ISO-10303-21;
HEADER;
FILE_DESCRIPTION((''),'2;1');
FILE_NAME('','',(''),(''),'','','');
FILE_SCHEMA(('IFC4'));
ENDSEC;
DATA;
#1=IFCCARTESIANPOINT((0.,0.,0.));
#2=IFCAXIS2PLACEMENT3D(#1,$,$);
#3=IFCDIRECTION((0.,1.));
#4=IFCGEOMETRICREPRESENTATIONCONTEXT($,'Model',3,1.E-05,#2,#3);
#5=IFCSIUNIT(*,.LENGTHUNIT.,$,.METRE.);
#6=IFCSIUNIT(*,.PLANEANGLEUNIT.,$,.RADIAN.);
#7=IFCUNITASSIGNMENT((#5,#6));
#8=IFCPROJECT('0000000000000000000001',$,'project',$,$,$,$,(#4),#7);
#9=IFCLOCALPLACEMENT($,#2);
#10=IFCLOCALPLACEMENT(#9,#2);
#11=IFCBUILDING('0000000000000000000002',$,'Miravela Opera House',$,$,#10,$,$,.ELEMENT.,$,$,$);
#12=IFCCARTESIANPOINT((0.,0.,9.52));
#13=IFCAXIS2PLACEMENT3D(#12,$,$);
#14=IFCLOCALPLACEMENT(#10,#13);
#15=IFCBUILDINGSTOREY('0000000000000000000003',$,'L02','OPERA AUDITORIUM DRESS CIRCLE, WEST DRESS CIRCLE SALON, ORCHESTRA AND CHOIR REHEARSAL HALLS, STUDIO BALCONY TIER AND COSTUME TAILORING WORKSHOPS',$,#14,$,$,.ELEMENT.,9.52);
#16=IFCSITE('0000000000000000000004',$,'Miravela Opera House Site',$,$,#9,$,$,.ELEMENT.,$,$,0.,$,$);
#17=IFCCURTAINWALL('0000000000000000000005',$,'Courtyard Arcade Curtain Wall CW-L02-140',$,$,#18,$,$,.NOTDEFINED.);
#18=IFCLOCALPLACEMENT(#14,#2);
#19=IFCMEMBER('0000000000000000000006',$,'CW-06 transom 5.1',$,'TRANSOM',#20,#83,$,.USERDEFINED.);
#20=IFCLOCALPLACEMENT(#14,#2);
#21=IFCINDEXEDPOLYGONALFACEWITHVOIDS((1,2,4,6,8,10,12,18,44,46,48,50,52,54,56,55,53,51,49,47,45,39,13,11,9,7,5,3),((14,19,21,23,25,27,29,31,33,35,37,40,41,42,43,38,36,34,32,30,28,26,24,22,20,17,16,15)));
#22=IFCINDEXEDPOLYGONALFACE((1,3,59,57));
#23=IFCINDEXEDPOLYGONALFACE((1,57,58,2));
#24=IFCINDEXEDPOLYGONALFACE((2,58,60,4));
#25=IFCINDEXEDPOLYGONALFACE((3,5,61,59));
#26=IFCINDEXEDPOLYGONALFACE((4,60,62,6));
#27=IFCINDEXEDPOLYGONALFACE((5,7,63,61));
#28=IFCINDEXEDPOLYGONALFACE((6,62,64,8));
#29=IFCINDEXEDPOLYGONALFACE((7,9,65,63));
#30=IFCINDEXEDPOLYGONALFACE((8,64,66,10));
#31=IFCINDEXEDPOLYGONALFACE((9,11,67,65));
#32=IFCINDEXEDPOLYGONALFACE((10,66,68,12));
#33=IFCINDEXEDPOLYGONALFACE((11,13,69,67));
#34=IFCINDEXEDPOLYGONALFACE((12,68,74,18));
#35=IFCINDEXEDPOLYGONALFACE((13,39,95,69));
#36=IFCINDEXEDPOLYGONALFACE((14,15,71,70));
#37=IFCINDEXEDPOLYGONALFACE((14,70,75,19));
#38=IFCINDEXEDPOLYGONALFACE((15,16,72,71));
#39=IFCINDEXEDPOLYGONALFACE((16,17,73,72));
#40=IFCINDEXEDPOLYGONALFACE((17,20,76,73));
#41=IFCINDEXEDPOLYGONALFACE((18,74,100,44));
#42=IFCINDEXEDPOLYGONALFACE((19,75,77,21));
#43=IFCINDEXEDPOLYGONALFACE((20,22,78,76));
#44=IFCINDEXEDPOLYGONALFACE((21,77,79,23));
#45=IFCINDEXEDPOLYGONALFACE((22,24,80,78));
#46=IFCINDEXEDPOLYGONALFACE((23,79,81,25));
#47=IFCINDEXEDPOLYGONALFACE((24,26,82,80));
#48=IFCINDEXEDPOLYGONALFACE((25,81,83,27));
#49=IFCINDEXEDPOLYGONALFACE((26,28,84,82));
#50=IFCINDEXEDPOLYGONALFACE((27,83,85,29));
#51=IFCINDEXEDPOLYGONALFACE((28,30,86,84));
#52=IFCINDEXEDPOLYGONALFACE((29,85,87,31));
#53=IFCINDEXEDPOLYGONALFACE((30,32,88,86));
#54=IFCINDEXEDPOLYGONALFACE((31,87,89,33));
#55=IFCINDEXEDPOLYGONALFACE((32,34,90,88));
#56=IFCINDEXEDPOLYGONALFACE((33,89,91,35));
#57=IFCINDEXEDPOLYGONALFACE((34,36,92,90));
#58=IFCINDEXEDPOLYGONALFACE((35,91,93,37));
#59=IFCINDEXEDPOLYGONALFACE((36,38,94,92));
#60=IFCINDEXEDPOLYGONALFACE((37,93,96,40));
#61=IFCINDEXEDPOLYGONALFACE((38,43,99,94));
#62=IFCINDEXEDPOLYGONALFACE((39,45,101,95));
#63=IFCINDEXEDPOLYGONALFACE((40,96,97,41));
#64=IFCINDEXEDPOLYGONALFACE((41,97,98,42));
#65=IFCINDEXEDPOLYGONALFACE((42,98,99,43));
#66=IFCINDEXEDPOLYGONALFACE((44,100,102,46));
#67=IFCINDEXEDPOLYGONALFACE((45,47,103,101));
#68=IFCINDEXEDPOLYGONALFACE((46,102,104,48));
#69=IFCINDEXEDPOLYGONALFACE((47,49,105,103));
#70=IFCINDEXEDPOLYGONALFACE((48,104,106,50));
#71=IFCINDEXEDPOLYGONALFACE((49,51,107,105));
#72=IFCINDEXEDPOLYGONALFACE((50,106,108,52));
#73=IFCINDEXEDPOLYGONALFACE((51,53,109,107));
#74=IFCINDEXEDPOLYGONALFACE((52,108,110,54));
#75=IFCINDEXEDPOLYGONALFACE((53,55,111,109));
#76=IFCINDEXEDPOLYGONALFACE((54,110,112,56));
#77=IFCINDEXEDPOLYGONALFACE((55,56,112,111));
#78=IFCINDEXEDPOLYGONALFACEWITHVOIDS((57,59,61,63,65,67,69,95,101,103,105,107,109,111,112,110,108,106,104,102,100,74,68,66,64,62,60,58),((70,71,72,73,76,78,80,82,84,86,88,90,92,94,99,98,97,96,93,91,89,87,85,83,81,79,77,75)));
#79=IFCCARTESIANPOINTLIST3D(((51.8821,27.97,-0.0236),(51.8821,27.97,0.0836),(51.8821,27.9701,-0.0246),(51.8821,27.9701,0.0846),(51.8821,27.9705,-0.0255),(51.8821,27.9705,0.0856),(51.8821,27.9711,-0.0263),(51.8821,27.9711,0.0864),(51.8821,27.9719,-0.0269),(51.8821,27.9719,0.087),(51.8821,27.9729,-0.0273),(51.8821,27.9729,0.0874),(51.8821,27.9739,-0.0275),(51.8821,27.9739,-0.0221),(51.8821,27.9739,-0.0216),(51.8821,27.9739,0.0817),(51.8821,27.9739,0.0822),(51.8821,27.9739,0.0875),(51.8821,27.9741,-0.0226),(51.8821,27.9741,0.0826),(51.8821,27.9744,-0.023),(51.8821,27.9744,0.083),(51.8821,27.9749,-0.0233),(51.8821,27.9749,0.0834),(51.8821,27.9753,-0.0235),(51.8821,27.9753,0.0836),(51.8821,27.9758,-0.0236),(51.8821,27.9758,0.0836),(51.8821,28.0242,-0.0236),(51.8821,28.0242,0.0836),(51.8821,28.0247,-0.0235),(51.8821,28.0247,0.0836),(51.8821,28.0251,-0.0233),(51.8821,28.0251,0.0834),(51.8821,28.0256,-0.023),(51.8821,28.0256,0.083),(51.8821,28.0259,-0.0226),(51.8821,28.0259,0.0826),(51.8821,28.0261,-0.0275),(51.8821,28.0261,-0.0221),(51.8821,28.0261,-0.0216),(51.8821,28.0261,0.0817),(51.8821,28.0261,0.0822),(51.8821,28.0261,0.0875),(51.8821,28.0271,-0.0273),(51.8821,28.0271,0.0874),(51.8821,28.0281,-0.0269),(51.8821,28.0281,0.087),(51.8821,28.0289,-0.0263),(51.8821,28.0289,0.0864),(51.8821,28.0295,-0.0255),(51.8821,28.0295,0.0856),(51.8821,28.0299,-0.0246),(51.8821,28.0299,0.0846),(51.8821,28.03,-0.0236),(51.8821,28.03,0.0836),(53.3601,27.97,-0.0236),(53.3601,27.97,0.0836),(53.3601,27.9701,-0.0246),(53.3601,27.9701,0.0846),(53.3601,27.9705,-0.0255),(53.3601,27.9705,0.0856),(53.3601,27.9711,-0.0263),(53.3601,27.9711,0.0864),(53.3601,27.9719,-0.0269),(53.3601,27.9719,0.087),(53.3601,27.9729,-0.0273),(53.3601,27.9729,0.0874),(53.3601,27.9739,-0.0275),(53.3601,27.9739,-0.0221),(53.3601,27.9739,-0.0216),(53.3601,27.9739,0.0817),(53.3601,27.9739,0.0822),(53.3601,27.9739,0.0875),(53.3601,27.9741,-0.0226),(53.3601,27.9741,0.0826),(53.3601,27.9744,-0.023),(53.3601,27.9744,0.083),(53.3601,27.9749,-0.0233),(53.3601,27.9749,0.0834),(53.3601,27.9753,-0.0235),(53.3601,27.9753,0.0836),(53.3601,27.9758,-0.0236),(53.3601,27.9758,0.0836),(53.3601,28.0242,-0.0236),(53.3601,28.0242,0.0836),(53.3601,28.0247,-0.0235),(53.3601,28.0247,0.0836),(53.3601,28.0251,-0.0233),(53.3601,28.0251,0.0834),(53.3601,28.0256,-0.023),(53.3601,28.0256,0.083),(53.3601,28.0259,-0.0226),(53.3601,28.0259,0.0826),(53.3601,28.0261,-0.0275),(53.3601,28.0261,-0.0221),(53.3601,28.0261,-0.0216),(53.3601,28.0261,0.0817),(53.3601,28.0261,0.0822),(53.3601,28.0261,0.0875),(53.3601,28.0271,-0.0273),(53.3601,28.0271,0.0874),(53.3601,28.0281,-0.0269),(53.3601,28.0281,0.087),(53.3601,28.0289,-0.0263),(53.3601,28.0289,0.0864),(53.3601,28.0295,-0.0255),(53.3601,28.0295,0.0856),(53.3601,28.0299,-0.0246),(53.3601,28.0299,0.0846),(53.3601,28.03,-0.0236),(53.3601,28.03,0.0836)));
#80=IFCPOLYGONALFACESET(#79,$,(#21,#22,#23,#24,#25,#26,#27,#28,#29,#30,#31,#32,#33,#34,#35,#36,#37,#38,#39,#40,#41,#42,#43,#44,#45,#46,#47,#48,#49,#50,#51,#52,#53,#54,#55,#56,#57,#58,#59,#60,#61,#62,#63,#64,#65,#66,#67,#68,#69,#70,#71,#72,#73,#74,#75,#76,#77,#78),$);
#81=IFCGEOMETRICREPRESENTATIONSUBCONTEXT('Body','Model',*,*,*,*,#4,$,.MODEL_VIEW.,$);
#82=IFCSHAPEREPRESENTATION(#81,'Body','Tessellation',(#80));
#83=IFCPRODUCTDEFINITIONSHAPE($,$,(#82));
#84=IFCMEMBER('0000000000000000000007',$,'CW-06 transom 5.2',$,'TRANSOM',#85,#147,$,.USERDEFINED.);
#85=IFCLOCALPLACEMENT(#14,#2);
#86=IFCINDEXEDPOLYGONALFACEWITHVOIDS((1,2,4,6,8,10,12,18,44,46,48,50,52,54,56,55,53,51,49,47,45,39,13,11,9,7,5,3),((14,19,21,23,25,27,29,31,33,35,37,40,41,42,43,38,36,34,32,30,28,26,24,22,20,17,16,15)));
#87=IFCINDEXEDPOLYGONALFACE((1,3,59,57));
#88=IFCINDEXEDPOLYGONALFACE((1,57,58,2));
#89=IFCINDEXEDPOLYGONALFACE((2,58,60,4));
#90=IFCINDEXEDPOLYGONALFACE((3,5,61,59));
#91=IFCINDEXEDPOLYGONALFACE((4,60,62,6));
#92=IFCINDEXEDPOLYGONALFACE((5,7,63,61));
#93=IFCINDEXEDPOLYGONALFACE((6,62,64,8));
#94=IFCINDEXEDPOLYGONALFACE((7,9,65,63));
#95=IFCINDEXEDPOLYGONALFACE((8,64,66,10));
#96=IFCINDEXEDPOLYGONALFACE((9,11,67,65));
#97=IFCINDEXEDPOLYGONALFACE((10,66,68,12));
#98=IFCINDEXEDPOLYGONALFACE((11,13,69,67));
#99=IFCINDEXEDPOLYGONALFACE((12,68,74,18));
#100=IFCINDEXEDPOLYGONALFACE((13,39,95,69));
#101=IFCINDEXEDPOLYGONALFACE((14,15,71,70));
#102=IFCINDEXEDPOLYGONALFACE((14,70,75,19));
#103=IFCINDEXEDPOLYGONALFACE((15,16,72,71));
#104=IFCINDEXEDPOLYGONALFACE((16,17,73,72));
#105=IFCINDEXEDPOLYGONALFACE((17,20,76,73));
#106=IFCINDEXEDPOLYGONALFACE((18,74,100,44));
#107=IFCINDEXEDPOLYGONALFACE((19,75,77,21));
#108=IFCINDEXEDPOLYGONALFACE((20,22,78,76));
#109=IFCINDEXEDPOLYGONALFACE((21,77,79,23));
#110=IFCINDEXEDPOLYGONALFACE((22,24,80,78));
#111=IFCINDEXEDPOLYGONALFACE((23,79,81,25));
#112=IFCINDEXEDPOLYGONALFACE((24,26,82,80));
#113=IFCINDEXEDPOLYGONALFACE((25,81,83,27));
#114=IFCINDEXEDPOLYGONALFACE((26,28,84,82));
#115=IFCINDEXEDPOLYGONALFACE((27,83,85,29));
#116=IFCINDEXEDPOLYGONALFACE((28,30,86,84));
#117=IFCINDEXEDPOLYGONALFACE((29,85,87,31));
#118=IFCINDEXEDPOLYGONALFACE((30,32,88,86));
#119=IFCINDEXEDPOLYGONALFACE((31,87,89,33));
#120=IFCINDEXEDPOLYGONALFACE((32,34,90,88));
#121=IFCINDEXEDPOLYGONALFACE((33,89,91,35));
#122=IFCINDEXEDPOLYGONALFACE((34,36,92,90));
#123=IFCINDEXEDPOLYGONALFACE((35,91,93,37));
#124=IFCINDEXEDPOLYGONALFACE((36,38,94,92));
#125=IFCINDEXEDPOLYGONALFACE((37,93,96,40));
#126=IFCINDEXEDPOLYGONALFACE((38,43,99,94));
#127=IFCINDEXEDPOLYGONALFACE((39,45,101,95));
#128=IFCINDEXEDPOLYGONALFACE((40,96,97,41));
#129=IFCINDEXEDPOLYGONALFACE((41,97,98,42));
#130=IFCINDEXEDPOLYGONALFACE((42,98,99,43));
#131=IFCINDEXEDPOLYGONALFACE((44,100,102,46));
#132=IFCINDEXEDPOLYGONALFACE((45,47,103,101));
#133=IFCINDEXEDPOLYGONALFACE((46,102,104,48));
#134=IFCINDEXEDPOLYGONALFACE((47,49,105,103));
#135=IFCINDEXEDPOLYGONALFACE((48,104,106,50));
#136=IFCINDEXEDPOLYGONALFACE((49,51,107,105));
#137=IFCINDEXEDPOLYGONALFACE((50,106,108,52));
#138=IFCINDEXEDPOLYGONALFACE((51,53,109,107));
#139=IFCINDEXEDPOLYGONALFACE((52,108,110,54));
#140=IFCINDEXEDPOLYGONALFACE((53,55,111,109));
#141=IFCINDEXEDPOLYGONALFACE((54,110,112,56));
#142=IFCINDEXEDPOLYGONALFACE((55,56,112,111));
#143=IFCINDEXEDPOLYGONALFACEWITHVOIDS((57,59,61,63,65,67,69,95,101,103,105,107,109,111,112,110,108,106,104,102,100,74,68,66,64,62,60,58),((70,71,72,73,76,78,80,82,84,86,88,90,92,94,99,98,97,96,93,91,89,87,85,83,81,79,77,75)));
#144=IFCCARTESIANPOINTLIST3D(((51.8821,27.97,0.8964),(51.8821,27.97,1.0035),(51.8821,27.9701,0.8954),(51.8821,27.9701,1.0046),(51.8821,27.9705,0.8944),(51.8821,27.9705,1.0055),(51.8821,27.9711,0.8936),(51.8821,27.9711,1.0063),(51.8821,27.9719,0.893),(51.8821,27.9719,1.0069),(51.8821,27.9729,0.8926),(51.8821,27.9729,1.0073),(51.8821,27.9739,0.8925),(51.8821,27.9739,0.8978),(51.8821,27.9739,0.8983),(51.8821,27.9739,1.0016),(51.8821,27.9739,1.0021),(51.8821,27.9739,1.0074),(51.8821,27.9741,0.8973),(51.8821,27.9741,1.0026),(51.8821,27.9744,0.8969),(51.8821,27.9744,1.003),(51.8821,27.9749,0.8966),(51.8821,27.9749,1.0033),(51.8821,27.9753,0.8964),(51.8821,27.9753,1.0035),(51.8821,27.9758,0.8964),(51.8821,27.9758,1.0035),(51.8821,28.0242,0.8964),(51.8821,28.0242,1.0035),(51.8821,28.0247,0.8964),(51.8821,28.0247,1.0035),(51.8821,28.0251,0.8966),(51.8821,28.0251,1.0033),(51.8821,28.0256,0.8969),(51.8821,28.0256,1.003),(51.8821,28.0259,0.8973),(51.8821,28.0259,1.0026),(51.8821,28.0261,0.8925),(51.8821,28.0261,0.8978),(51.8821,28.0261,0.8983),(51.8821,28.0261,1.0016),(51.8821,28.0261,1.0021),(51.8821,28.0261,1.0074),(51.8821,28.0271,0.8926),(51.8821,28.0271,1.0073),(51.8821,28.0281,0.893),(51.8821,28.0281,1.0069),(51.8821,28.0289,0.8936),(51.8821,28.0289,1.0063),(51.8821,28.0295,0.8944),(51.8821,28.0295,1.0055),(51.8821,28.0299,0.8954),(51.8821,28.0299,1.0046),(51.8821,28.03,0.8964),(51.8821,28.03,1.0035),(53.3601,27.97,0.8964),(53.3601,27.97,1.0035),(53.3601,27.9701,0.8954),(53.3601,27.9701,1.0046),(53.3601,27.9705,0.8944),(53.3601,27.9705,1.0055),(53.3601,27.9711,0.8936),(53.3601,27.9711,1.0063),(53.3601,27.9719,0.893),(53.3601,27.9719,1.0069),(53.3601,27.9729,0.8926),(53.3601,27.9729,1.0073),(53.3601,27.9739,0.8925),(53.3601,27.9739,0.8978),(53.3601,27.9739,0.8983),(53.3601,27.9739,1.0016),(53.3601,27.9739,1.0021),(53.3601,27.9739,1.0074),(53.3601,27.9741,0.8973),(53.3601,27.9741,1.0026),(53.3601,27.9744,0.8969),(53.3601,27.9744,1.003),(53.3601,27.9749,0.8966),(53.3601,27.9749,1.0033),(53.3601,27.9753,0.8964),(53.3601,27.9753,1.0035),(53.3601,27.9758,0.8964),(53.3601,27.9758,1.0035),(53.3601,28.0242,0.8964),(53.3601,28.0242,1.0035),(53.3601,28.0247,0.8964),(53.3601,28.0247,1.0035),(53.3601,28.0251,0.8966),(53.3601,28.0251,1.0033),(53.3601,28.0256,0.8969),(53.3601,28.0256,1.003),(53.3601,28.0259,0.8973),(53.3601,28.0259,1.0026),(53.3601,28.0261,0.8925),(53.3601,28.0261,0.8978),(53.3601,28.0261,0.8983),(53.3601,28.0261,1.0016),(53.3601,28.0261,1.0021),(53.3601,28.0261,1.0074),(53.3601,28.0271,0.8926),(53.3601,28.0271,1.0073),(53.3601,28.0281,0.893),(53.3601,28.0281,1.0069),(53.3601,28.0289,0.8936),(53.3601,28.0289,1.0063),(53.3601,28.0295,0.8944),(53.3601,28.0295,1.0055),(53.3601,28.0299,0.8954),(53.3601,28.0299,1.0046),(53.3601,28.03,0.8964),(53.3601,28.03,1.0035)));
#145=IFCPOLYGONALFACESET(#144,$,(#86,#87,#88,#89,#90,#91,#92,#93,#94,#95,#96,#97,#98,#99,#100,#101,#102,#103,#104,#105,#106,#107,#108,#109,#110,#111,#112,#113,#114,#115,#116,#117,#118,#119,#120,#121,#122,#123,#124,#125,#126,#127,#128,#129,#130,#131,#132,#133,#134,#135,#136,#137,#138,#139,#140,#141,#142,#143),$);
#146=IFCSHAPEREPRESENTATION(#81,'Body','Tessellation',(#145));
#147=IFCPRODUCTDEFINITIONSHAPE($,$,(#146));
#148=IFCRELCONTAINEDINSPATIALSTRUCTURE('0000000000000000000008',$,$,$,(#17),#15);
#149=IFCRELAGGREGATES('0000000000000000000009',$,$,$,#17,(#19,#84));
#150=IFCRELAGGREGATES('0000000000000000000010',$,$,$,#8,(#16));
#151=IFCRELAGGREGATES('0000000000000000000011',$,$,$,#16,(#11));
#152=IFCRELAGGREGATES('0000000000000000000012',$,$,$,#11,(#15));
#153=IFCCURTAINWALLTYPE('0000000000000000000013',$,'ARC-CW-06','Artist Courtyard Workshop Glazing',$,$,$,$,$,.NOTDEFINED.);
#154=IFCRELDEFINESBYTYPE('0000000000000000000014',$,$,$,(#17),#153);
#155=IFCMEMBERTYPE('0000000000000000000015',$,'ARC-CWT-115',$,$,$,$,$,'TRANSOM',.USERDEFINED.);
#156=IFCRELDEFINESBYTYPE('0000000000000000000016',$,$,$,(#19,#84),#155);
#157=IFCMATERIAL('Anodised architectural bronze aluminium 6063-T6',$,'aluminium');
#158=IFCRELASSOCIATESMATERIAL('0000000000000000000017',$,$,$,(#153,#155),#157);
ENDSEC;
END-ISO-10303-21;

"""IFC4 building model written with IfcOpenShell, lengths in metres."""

from ifc_helpers import new_model, si_unit, direction, frame, origin, origin_2d, place, context, subcontext, project, spatial, hollow_rectangle, extrude, material, material_profile, profile_set, type_object, element, aggregate, save


model = new_model("IFC4")

# Units and contexts
model_context = context("Model", 3, precision=1e-05, world=origin(), true_north=direction((0.0, 1.0)))
body_context = subcontext(model_context, "Body", "Model", "MODEL_VIEW")
ifc_project = project(units=[si_unit("LENGTHUNIT", "METRE"), si_unit("PLANEANGLEUNIT", "RADIAN")], contexts=[model_context])

# Site, building, storey
site_placement = place(None, origin())
site = spatial("IfcSite", under=ifc_project, at=site_placement, Name="Miravela Opera House Site", CompositionType="ELEMENT", RefElevation=0.0)
building_placement = place(site_placement, origin())
building = spatial("IfcBuilding", under=site, at=building_placement, Name="Miravela Opera House", CompositionType="ELEMENT")
storey_placement = place(building_placement, frame((0.0, 0.0, 9.52)))
storey = spatial("IfcBuildingStorey", under=building, at=storey_placement, Name="L02", Description="OPERA AUDITORIUM DRESS CIRCLE, WEST DRESS CIRCLE SALON, ORCHESTRA AND CHOIR REHEARSAL HALLS, STUDIO BALCONY TIER AND COSTUME TAILORING WORKSHOPS", CompositionType="ELEMENT", Elevation=9.52)

# Curtain wall
ifc_material_1 = material(Name="Anodised architectural bronze aluminium 6063-T6", Category="aluminium")
curtain_wall_type = type_object("IfcCurtainWallType", Name="ARC-CW-06", Description="Artist Courtyard Workshop Glazing", PredefinedType="NOTDEFINED", material=ifc_material_1)
curtain_wall_1_placement = place(storey_placement, origin())
curtain_wall_1 = element("IfcCurtainWall", 1, at=curtain_wall_1_placement, inside=storey, type_object=curtain_wall_type, Name="Courtyard Arcade Curtain Wall CW-L02-140", PredefinedType="NOTDEFINED")

# Members
ifc_material_profile_1 = material_profile(ifc_material_1, hollow_rectangle(XDim=0.0601, YDim=0.115, WallThickness=0.0039, InnerFilletRadius=0.002, OuterFilletRadius=0.0039, at=origin_2d()), Name="CWT-60X115")
ifc_profile_set_1 = profile_set([ifc_material_profile_1])
member_type_1 = type_object("IfcMemberType", Name="ARC-CWT-115", ElementType="TRANSOM", PredefinedType="USERDEFINED", material=ifc_profile_set_1)
member_1_placement = place(storey_placement, frame((51.8821, 28.0, 0.03), z_axis=(1.0, 0.0, 0.0), x_axis=(0.0, 1.0, 0.0)))
member_1 = element("IfcMember", 2, at=member_1_placement, type_object=member_type_1, Name="CW-06 transom 5.1", ObjectType="TRANSOM", PredefinedType="USERDEFINED", context=body_context, shape_type="SweptSolid", body=[
    extrude(hollow_rectangle(XDim=0.0601, YDim=0.115, WallThickness=0.0039, InnerFilletRadius=0.002, OuterFilletRadius=0.0039, at=origin_2d()), origin(), (0.0, 0.0, 1.0), 1.478),
])
member_2_placement = place(storey_placement, frame((51.8821, 28.0, 0.95), z_axis=(1.0, 0.0, 0.0), x_axis=(0.0, 1.0, 0.0)))
member_2 = element("IfcMember", 3, at=member_2_placement, type_object=member_type_1, Name="CW-06 transom 5.2", ObjectType="TRANSOM", PredefinedType="USERDEFINED", context=body_context, shape_type="SweptSolid", body=[
    extrude(hollow_rectangle(XDim=0.0601, YDim=0.115, WallThickness=0.0039, InnerFilletRadius=0.002, OuterFilletRadius=0.0039, at=origin_2d()), origin(), (0.0, 0.0, 1.0), 1.478),
])

aggregate(curtain_wall_1, [member_1, member_2])

save(model, "model.ifc")
